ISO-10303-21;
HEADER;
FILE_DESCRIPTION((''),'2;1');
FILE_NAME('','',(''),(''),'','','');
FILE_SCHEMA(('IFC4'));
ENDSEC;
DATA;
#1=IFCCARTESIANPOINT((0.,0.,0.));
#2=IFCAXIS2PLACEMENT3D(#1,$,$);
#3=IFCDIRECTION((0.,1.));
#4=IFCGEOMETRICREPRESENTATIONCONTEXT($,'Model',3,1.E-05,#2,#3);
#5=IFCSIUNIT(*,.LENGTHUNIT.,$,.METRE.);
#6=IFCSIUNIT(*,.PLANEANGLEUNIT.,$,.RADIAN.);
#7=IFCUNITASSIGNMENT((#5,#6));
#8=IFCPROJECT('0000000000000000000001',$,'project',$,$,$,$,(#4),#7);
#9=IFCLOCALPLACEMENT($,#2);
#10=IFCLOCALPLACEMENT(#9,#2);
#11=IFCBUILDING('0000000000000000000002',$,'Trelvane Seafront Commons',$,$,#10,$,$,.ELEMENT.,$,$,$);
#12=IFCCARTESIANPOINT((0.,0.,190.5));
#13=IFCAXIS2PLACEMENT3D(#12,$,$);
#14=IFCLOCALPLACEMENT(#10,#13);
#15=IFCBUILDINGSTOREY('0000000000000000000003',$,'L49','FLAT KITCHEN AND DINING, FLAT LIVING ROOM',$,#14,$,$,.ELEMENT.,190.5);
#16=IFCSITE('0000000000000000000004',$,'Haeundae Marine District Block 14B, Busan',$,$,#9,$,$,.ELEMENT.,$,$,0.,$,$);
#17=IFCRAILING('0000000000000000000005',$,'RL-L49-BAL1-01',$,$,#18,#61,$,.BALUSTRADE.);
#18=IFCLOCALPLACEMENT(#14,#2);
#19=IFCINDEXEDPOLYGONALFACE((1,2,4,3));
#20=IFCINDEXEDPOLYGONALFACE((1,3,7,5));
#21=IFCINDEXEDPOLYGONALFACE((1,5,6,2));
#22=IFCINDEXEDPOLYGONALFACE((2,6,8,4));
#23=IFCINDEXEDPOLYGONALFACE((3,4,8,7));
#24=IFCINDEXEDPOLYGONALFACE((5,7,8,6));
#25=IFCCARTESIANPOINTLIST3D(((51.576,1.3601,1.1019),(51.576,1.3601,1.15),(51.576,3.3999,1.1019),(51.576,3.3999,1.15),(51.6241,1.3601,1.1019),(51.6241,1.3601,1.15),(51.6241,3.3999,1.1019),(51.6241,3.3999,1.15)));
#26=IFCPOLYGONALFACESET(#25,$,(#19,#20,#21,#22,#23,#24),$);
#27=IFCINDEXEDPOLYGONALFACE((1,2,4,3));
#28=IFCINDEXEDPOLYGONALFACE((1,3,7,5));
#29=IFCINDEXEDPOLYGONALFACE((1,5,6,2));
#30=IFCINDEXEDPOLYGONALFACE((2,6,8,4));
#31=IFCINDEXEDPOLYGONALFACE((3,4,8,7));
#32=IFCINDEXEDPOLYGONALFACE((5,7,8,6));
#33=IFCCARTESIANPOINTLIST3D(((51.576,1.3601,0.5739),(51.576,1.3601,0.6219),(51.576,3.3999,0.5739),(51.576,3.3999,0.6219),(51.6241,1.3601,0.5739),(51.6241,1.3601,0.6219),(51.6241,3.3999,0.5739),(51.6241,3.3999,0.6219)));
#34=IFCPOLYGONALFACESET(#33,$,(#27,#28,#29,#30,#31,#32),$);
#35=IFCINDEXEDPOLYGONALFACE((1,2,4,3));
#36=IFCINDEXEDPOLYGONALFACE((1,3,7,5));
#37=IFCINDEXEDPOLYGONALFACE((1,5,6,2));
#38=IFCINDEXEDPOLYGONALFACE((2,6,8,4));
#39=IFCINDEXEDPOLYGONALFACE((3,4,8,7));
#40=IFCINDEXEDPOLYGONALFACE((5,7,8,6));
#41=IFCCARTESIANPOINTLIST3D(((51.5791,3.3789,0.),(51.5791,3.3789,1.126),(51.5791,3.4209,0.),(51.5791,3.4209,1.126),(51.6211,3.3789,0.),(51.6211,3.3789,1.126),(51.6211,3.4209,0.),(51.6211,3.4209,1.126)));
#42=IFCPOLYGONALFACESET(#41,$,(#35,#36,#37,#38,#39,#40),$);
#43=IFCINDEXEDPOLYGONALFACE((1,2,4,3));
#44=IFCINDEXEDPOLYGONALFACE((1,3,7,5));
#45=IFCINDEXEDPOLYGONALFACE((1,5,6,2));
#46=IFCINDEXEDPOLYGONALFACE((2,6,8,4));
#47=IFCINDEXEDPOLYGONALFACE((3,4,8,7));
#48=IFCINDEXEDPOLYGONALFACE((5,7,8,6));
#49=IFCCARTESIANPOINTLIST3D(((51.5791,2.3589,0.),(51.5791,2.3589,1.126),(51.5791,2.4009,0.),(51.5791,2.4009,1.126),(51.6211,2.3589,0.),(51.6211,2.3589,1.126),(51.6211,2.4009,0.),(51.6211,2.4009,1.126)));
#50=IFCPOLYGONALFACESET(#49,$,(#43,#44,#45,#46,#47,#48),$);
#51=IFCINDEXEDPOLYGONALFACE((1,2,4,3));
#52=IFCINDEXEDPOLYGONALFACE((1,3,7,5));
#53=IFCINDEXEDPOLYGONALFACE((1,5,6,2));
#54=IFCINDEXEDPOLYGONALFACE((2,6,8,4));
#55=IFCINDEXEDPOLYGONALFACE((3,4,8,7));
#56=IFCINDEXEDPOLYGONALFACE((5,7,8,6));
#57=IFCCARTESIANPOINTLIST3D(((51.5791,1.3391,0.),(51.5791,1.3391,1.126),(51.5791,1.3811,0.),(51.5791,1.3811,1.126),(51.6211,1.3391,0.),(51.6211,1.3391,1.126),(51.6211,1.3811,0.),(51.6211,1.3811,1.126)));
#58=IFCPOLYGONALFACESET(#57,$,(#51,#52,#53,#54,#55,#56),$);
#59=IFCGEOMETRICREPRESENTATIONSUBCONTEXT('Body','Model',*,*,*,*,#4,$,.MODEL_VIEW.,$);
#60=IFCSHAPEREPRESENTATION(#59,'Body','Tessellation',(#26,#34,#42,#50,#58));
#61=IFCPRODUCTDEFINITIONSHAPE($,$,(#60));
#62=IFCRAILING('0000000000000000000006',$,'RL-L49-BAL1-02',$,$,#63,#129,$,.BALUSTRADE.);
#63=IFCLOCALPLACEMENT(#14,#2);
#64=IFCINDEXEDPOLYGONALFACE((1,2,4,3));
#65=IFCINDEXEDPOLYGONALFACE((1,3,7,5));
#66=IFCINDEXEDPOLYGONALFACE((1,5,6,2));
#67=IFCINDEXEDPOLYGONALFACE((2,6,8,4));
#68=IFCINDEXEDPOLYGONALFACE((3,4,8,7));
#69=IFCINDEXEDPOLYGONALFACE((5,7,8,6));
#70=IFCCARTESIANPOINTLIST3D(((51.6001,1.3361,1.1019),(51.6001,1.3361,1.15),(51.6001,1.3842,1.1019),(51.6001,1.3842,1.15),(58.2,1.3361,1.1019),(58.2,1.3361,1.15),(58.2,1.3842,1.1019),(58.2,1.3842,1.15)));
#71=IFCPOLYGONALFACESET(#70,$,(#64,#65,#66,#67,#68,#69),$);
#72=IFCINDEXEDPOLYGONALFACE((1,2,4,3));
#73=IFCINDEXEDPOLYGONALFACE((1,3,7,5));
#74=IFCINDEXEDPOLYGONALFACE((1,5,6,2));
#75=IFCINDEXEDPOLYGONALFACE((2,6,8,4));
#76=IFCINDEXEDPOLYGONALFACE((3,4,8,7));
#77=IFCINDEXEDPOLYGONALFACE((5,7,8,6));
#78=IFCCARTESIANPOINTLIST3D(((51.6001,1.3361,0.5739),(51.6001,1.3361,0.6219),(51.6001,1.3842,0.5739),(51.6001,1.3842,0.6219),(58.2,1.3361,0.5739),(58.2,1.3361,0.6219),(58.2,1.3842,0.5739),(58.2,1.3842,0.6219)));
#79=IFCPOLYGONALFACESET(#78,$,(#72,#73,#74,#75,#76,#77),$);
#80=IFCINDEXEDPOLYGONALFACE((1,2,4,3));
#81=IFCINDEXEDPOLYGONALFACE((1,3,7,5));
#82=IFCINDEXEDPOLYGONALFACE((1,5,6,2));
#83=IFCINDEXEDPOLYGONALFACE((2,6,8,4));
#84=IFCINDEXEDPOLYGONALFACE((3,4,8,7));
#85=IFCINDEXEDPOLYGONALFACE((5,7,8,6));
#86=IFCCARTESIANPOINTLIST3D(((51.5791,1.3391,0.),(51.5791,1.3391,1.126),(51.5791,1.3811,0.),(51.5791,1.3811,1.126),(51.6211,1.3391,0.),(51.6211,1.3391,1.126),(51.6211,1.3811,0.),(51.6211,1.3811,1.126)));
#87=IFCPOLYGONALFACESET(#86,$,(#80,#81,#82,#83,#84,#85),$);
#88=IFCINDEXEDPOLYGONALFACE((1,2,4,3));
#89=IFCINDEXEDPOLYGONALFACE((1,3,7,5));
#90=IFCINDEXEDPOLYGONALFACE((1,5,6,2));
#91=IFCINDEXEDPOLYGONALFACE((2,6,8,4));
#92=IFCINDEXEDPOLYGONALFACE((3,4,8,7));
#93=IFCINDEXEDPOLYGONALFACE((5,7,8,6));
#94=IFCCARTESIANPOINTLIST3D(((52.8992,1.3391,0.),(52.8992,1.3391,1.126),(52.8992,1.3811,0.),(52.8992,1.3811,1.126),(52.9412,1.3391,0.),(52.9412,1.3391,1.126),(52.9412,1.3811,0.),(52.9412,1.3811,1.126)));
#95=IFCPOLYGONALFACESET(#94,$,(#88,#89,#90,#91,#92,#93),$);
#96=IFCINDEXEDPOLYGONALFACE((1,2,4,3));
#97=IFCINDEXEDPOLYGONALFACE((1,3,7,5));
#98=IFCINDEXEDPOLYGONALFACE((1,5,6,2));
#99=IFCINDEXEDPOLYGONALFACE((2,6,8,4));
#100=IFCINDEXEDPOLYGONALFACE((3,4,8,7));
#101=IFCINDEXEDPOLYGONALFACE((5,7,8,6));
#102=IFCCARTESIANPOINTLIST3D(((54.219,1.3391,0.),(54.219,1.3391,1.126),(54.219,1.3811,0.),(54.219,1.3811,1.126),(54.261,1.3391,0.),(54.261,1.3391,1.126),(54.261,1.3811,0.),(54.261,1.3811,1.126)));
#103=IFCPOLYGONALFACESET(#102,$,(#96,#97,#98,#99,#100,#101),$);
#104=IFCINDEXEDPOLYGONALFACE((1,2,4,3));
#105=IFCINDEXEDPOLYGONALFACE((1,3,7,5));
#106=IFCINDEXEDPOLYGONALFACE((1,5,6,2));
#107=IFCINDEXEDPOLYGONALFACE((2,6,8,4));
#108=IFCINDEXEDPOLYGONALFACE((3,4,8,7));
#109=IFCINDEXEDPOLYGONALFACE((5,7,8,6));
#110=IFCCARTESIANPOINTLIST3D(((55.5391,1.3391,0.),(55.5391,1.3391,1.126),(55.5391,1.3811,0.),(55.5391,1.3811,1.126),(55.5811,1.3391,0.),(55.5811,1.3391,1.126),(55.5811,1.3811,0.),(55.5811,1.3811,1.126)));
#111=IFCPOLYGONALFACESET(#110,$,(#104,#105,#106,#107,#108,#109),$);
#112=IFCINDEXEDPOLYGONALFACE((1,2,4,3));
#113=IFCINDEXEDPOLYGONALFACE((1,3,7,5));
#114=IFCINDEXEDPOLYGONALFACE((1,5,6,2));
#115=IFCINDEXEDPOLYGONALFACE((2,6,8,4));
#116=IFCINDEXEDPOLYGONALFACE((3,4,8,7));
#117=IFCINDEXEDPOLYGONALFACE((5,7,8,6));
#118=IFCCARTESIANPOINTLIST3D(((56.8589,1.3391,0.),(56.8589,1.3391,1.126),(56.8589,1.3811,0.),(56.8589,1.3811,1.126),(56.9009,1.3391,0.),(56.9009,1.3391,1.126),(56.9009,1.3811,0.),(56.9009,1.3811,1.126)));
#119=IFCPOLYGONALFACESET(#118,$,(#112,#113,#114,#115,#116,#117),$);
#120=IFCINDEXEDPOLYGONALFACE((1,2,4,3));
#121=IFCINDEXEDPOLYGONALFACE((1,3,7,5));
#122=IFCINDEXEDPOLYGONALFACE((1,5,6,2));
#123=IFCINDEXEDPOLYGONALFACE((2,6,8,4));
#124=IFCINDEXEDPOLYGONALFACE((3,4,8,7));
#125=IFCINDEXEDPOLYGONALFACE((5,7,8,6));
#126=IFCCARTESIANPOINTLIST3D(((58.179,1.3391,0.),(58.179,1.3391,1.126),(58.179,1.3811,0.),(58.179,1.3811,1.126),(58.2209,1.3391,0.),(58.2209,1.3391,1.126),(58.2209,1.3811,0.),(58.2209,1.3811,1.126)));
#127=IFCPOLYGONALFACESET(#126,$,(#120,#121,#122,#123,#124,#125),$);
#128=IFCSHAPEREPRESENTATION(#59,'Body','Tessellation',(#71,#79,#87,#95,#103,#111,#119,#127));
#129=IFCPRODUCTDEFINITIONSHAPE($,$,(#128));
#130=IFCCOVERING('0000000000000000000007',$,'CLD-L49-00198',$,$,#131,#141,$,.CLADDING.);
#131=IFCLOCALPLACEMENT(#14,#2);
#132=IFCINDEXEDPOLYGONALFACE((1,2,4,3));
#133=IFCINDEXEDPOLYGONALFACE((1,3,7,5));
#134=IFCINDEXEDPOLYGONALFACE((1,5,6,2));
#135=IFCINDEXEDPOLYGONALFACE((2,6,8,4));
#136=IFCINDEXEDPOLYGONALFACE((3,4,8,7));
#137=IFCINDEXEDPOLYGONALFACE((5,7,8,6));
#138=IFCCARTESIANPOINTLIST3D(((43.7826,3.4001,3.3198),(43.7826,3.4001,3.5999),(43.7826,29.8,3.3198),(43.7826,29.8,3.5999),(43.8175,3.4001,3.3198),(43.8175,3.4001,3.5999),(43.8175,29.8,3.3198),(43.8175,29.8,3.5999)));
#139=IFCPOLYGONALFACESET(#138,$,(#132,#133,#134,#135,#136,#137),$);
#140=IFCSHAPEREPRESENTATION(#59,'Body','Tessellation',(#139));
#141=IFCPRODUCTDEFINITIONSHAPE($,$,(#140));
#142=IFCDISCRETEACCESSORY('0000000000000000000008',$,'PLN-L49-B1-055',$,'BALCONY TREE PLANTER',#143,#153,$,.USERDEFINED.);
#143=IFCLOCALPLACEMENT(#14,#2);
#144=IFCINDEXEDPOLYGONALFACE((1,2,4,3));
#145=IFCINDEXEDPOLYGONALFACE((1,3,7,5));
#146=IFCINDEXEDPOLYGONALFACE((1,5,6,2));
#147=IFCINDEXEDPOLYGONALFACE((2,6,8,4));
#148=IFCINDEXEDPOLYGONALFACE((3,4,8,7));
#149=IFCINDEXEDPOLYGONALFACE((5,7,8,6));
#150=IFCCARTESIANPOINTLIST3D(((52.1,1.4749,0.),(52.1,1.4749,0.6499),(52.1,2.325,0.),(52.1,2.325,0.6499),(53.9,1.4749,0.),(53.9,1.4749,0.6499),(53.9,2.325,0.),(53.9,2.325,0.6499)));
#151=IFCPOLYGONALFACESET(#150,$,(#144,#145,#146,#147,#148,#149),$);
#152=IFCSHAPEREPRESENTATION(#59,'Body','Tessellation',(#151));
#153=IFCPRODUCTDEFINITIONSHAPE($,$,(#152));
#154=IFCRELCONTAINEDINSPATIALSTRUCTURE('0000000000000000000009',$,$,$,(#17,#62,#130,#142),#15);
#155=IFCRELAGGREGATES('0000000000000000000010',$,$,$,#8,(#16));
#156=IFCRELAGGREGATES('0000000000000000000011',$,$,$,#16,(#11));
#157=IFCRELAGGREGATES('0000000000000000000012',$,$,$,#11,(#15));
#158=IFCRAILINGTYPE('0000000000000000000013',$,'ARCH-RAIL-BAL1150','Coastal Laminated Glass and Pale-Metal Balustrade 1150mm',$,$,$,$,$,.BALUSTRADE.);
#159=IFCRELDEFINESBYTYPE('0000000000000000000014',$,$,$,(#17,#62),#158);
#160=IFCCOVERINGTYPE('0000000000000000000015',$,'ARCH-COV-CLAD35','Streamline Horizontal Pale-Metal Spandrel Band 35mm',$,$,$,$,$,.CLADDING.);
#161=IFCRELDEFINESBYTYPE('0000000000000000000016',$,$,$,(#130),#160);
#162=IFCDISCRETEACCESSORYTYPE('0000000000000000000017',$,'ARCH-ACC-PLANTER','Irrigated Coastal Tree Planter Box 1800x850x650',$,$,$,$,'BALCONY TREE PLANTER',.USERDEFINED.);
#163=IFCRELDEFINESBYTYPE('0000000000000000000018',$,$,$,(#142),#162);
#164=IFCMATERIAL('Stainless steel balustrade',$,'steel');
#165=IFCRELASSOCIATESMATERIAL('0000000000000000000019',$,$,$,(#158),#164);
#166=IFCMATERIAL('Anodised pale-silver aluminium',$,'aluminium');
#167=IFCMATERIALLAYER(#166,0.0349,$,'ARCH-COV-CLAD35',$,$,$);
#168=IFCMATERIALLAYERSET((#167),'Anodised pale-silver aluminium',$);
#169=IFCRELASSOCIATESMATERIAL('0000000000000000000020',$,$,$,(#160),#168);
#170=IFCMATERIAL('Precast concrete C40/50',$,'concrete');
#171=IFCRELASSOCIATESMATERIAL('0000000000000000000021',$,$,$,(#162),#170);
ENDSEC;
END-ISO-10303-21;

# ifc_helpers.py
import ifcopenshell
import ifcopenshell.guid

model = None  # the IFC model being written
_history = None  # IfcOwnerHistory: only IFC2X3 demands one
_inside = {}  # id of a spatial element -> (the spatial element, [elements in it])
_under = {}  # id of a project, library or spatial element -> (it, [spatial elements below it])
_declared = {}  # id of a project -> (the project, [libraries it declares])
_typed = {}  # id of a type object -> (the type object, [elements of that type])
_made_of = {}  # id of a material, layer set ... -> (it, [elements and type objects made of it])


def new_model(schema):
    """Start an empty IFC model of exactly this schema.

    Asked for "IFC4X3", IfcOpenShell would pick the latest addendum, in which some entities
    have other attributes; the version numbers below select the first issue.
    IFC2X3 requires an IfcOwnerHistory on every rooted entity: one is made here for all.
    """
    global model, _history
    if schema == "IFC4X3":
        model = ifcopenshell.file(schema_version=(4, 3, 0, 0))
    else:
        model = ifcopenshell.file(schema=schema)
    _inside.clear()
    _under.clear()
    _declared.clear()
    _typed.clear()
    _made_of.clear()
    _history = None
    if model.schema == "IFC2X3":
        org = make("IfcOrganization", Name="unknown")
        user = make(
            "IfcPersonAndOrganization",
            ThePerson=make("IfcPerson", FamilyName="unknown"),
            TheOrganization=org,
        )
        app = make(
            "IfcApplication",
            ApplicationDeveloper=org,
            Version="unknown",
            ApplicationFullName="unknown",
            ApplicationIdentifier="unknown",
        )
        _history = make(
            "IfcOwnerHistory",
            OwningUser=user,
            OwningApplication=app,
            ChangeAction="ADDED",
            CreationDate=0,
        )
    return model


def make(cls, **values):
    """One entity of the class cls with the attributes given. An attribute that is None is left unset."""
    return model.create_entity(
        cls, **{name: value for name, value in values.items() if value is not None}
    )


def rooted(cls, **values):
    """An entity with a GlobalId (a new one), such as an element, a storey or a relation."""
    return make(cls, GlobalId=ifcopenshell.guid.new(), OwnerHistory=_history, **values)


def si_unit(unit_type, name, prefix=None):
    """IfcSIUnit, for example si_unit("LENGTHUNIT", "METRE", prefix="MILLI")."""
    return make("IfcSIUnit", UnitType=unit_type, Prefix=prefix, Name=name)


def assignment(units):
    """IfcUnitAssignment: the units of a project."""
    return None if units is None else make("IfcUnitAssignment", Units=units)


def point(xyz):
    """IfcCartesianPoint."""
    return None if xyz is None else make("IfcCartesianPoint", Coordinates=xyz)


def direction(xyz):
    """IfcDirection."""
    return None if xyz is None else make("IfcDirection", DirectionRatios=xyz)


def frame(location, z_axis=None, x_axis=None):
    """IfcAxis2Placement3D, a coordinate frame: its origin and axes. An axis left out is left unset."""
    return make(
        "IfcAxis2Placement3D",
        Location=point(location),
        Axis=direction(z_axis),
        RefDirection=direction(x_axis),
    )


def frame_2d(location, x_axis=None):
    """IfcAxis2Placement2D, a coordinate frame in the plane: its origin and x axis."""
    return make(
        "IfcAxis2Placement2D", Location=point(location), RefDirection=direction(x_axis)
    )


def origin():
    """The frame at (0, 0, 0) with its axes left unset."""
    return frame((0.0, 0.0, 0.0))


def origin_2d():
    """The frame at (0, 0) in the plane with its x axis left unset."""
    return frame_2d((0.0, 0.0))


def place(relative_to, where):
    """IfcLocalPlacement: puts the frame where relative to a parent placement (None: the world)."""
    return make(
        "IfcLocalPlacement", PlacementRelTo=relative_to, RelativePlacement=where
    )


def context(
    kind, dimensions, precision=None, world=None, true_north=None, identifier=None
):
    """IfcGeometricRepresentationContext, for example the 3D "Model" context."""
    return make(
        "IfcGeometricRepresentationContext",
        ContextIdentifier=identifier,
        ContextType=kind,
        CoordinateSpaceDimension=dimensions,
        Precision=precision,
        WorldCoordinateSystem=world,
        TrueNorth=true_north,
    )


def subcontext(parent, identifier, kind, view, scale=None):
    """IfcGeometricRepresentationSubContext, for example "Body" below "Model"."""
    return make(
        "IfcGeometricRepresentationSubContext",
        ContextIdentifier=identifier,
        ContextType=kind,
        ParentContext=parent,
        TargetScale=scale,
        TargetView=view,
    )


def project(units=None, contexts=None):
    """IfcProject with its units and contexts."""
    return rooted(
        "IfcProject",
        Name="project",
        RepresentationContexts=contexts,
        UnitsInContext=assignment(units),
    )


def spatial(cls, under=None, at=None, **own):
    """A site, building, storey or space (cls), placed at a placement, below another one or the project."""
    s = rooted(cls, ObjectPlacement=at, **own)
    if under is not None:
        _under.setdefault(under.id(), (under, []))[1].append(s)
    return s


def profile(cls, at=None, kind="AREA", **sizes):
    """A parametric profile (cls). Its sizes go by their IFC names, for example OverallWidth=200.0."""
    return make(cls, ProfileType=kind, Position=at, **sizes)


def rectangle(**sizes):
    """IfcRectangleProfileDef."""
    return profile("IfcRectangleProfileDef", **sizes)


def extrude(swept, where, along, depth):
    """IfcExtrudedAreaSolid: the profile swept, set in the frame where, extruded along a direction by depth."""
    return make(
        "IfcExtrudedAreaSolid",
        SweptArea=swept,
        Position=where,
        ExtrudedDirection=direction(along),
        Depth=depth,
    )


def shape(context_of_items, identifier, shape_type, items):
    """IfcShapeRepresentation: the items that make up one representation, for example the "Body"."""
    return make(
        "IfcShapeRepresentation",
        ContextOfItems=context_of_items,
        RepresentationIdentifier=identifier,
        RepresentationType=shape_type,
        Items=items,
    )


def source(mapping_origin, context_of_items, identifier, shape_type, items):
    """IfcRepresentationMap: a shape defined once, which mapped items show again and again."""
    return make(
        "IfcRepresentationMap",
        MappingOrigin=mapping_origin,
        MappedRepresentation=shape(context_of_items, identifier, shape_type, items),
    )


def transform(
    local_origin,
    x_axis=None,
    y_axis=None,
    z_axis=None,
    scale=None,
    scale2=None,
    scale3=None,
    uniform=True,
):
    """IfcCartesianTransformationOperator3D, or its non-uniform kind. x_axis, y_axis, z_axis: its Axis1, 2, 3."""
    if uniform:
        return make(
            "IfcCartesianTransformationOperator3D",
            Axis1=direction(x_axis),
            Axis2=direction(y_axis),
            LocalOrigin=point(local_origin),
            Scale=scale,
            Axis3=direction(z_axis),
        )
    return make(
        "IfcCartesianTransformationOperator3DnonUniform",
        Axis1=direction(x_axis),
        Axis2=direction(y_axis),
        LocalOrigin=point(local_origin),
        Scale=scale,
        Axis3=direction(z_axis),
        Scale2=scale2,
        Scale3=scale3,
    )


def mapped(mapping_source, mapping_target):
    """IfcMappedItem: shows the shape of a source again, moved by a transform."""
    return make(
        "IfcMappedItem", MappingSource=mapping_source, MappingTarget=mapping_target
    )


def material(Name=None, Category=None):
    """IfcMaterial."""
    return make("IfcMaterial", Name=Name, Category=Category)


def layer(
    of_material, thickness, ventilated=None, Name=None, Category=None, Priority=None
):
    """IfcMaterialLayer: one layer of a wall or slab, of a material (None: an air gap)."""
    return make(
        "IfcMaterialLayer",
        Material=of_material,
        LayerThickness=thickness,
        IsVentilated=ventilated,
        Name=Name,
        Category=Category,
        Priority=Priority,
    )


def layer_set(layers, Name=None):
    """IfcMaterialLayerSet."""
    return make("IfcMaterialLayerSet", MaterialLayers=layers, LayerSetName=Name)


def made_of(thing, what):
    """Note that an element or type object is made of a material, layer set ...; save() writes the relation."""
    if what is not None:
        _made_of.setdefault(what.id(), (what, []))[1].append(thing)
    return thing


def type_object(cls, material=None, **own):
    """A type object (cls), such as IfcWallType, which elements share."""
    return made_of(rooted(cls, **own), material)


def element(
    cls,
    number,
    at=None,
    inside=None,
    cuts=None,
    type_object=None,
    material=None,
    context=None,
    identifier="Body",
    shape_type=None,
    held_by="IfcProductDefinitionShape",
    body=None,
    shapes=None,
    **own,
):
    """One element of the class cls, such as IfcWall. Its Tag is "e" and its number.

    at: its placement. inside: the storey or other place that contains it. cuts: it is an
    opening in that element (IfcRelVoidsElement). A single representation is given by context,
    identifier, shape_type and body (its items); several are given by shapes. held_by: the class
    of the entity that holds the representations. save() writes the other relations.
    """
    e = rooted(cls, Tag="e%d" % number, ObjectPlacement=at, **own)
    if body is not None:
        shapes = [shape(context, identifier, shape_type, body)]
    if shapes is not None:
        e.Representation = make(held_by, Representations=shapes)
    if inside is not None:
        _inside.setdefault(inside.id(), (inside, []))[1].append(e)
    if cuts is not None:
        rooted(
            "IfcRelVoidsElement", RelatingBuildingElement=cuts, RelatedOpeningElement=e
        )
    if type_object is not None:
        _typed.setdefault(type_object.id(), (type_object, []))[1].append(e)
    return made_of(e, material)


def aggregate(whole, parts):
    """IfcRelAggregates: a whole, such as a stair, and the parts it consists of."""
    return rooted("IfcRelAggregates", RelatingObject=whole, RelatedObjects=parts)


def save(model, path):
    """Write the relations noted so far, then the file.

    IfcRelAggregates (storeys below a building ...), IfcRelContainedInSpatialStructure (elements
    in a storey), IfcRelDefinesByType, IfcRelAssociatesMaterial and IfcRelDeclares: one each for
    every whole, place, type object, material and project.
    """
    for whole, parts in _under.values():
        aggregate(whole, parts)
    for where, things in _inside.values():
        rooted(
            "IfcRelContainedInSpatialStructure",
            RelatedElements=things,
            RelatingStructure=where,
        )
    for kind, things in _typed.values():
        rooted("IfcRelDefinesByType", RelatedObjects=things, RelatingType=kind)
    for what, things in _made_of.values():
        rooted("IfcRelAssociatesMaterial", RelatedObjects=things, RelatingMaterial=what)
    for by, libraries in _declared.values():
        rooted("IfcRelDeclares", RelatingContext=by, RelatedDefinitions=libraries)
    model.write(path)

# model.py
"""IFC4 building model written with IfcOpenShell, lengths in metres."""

from ifc_helpers import new_model, si_unit, direction, frame, origin, origin_2d, place, context, subcontext, project, spatial, rectangle, extrude, source, transform, mapped, material, layer, layer_set, type_object, element, save


model = new_model("IFC4")

# Units and contexts
model_context = context("Model", 3, precision=1e-05, world=origin(), true_north=direction((0.0, 1.0)))
body_context = subcontext(model_context, "Body", "Model", "MODEL_VIEW")
ifc_project = project(units=[si_unit("LENGTHUNIT", "METRE"), si_unit("PLANEANGLEUNIT", "RADIAN")], contexts=[model_context])

# Site, building, storey
site_placement = place(None, origin())
site = spatial("IfcSite", under=ifc_project, at=site_placement, Name="Haeundae Marine District Block 14B, Busan", CompositionType="ELEMENT", RefElevation=0.0)
building_placement = place(site_placement, origin())
building = spatial("IfcBuilding", under=site, at=building_placement, Name="Trelvane Seafront Commons", CompositionType="ELEMENT")
storey_placement = place(building_placement, frame((0.0, 0.0, 190.5)))
storey = spatial("IfcBuildingStorey", under=building, at=storey_placement, Name="L49", Description="FLAT KITCHEN AND DINING, FLAT LIVING ROOM", CompositionType="ELEMENT", Elevation=190.5)

# Shared definitions
ifc_material_1 = material(Name="Anodised pale-silver aluminium", Category="aluminium")

# Shared definitions
ifc_material_2 = material(Name="Precast concrete C40/50", Category="concrete")

# Railings
ifc_material_3 = material(Name="Stainless steel balustrade", Category="steel")
railing_type = type_object("IfcRailingType", Name="ARCH-RAIL-BAL1150", Description="Coastal Laminated Glass and Pale-Metal Balustrade 1150mm", PredefinedType="BALUSTRADE", material=ifc_material_3)
railing_1_placement = place(storey_placement, frame((51.6001, 3.3999, 0.0)))
element("IfcRailing", 1, at=railing_1_placement, inside=storey, type_object=railing_type, Name="RL-L49-BAL1-01", PredefinedType="BALUSTRADE", context=body_context, shape_type="SweptSolid", body=[
    extrude(rectangle(XDim=0.0481, YDim=0.0481, at=origin_2d()), frame((0.0, 0.0, 1.126), z_axis=(0.0, -1.0, 0.0), x_axis=(1.0, 0.0, 0.0)), (0.0, 0.0, 1.0), 2.0398),
    extrude(rectangle(XDim=0.0481, YDim=0.0481, at=origin_2d()), frame((0.0, 0.0, 0.5979), z_axis=(0.0, -1.0, 0.0), x_axis=(1.0, 0.0, 0.0)), (0.0, 0.0, 1.0), 2.0398),
    extrude(rectangle(XDim=0.042, YDim=0.042, at=origin_2d()), origin(), (0.0, 0.0, 1.0), 1.126),
    extrude(rectangle(XDim=0.042, YDim=0.042, at=origin_2d()), frame((0.0, -1.02, 0.0)), (0.0, 0.0, 1.0), 1.126),
    extrude(rectangle(XDim=0.042, YDim=0.042, at=origin_2d()), frame((0.0, -2.0398, 0.0)), (0.0, 0.0, 1.0), 1.126),
])
railing_2_placement = place(storey_placement, frame((51.6001, 1.3601, 0.0)))
element("IfcRailing", 2, at=railing_2_placement, inside=storey, type_object=railing_type, Name="RL-L49-BAL1-02", PredefinedType="BALUSTRADE", context=body_context, shape_type="SweptSolid", body=[
    extrude(rectangle(XDim=0.0481, YDim=0.0481, at=origin_2d()), frame((0.0, 0.0, 1.126), z_axis=(1.0, 0.0, 0.0), x_axis=(0.0, 1.0, 0.0)), (0.0, 0.0, 1.0), 6.5999),
    extrude(rectangle(XDim=0.0481, YDim=0.0481, at=origin_2d()), frame((0.0, 0.0, 0.5979), z_axis=(1.0, 0.0, 0.0), x_axis=(0.0, 1.0, 0.0)), (0.0, 0.0, 1.0), 6.5999),
    extrude(rectangle(XDim=0.042, YDim=0.042, at=origin_2d()), origin(), (0.0, 0.0, 1.0), 1.126),
    extrude(rectangle(XDim=0.042, YDim=0.042, at=origin_2d()), frame((1.3201, 0.0, 0.0)), (0.0, 0.0, 1.0), 1.126),
    extrude(rectangle(XDim=0.042, YDim=0.042, at=origin_2d()), frame((2.6399, 0.0, 0.0)), (0.0, 0.0, 1.0), 1.126),
    extrude(rectangle(XDim=0.042, YDim=0.042, at=origin_2d()), frame((3.96, 0.0, 0.0)), (0.0, 0.0, 1.0), 1.126),
    extrude(rectangle(XDim=0.042, YDim=0.042, at=origin_2d()), frame((5.2798, 0.0, 0.0)), (0.0, 0.0, 1.0), 1.126),
    extrude(rectangle(XDim=0.042, YDim=0.042, at=origin_2d()), frame((6.5999, 0.0, 0.0)), (0.0, 0.0, 1.0), 1.126),
])

# Covering
ifc_layer_1 = layer(ifc_material_1, 0.0349, Name="ARCH-COV-CLAD35")
ifc_layer_set_1 = layer_set([ifc_layer_1], Name="Anodised pale-silver aluminium")
covering_type = type_object("IfcCoveringType", Name="ARCH-COV-CLAD35", Description="Streamline Horizontal Pale-Metal Spandrel Band 35mm", PredefinedType="CLADDING", material=ifc_layer_set_1)
shared_shape_1 = source(origin(), body_context, "Body", "SweptSolid", [
    extrude(rectangle(XDim=26.3999, YDim=0.0349, at=origin_2d()), origin(), (0.0, 0.0, 1.0), 0.28),
])
covering_placement = place(storey_placement, frame((43.8, 16.6001, 3.3198), z_axis=(0.0, 0.0, 1.0), x_axis=(0.0, 1.0, 0.0)))
element("IfcCovering", 3, at=covering_placement, inside=storey, type_object=covering_type, Name="CLD-L49-00198", PredefinedType="CLADDING", context=body_context, shape_type="MappedRepresentation", body=[
    mapped(shared_shape_1, transform((0.0, 0.0, 0.0), x_axis=(1.0, 0.0, 0.0), y_axis=(0.0, 1.0, 0.0), z_axis=(0.0, 0.0, 1.0), scale=1.0)),
])

# Discrete accessory
discrete_accessory_type = type_object("IfcDiscreteAccessoryType", Name="ARCH-ACC-PLANTER", Description="Irrigated Coastal Tree Planter Box 1800x850x650", ElementType="BALCONY TREE PLANTER", PredefinedType="USERDEFINED", material=ifc_material_2)
shared_shape_2 = source(origin(), body_context, "Body", "SweptSolid", [
    extrude(rectangle(XDim=1.8, YDim=0.8501, at=origin_2d()), origin(), (0.0, 0.0, 1.0), 0.6499),
])
discrete_accessory_placement = place(storey_placement, frame((53.0, 1.8999, 0.0), z_axis=(0.0, 0.0, 1.0), x_axis=(1.0, 0.0, 0.0)))
element("IfcDiscreteAccessory", 4, at=discrete_accessory_placement, inside=storey, type_object=discrete_accessory_type, Name="PLN-L49-B1-055", ObjectType="BALCONY TREE PLANTER", PredefinedType="USERDEFINED", context=body_context, shape_type="MappedRepresentation", body=[
    mapped(shared_shape_2, transform((0.0, 0.0, 0.0), x_axis=(1.0, 0.0, 0.0), y_axis=(0.0, 1.0, 0.0), z_axis=(0.0, 0.0, 1.0), scale=1.0)),
])

save(model, "model.ifc")
